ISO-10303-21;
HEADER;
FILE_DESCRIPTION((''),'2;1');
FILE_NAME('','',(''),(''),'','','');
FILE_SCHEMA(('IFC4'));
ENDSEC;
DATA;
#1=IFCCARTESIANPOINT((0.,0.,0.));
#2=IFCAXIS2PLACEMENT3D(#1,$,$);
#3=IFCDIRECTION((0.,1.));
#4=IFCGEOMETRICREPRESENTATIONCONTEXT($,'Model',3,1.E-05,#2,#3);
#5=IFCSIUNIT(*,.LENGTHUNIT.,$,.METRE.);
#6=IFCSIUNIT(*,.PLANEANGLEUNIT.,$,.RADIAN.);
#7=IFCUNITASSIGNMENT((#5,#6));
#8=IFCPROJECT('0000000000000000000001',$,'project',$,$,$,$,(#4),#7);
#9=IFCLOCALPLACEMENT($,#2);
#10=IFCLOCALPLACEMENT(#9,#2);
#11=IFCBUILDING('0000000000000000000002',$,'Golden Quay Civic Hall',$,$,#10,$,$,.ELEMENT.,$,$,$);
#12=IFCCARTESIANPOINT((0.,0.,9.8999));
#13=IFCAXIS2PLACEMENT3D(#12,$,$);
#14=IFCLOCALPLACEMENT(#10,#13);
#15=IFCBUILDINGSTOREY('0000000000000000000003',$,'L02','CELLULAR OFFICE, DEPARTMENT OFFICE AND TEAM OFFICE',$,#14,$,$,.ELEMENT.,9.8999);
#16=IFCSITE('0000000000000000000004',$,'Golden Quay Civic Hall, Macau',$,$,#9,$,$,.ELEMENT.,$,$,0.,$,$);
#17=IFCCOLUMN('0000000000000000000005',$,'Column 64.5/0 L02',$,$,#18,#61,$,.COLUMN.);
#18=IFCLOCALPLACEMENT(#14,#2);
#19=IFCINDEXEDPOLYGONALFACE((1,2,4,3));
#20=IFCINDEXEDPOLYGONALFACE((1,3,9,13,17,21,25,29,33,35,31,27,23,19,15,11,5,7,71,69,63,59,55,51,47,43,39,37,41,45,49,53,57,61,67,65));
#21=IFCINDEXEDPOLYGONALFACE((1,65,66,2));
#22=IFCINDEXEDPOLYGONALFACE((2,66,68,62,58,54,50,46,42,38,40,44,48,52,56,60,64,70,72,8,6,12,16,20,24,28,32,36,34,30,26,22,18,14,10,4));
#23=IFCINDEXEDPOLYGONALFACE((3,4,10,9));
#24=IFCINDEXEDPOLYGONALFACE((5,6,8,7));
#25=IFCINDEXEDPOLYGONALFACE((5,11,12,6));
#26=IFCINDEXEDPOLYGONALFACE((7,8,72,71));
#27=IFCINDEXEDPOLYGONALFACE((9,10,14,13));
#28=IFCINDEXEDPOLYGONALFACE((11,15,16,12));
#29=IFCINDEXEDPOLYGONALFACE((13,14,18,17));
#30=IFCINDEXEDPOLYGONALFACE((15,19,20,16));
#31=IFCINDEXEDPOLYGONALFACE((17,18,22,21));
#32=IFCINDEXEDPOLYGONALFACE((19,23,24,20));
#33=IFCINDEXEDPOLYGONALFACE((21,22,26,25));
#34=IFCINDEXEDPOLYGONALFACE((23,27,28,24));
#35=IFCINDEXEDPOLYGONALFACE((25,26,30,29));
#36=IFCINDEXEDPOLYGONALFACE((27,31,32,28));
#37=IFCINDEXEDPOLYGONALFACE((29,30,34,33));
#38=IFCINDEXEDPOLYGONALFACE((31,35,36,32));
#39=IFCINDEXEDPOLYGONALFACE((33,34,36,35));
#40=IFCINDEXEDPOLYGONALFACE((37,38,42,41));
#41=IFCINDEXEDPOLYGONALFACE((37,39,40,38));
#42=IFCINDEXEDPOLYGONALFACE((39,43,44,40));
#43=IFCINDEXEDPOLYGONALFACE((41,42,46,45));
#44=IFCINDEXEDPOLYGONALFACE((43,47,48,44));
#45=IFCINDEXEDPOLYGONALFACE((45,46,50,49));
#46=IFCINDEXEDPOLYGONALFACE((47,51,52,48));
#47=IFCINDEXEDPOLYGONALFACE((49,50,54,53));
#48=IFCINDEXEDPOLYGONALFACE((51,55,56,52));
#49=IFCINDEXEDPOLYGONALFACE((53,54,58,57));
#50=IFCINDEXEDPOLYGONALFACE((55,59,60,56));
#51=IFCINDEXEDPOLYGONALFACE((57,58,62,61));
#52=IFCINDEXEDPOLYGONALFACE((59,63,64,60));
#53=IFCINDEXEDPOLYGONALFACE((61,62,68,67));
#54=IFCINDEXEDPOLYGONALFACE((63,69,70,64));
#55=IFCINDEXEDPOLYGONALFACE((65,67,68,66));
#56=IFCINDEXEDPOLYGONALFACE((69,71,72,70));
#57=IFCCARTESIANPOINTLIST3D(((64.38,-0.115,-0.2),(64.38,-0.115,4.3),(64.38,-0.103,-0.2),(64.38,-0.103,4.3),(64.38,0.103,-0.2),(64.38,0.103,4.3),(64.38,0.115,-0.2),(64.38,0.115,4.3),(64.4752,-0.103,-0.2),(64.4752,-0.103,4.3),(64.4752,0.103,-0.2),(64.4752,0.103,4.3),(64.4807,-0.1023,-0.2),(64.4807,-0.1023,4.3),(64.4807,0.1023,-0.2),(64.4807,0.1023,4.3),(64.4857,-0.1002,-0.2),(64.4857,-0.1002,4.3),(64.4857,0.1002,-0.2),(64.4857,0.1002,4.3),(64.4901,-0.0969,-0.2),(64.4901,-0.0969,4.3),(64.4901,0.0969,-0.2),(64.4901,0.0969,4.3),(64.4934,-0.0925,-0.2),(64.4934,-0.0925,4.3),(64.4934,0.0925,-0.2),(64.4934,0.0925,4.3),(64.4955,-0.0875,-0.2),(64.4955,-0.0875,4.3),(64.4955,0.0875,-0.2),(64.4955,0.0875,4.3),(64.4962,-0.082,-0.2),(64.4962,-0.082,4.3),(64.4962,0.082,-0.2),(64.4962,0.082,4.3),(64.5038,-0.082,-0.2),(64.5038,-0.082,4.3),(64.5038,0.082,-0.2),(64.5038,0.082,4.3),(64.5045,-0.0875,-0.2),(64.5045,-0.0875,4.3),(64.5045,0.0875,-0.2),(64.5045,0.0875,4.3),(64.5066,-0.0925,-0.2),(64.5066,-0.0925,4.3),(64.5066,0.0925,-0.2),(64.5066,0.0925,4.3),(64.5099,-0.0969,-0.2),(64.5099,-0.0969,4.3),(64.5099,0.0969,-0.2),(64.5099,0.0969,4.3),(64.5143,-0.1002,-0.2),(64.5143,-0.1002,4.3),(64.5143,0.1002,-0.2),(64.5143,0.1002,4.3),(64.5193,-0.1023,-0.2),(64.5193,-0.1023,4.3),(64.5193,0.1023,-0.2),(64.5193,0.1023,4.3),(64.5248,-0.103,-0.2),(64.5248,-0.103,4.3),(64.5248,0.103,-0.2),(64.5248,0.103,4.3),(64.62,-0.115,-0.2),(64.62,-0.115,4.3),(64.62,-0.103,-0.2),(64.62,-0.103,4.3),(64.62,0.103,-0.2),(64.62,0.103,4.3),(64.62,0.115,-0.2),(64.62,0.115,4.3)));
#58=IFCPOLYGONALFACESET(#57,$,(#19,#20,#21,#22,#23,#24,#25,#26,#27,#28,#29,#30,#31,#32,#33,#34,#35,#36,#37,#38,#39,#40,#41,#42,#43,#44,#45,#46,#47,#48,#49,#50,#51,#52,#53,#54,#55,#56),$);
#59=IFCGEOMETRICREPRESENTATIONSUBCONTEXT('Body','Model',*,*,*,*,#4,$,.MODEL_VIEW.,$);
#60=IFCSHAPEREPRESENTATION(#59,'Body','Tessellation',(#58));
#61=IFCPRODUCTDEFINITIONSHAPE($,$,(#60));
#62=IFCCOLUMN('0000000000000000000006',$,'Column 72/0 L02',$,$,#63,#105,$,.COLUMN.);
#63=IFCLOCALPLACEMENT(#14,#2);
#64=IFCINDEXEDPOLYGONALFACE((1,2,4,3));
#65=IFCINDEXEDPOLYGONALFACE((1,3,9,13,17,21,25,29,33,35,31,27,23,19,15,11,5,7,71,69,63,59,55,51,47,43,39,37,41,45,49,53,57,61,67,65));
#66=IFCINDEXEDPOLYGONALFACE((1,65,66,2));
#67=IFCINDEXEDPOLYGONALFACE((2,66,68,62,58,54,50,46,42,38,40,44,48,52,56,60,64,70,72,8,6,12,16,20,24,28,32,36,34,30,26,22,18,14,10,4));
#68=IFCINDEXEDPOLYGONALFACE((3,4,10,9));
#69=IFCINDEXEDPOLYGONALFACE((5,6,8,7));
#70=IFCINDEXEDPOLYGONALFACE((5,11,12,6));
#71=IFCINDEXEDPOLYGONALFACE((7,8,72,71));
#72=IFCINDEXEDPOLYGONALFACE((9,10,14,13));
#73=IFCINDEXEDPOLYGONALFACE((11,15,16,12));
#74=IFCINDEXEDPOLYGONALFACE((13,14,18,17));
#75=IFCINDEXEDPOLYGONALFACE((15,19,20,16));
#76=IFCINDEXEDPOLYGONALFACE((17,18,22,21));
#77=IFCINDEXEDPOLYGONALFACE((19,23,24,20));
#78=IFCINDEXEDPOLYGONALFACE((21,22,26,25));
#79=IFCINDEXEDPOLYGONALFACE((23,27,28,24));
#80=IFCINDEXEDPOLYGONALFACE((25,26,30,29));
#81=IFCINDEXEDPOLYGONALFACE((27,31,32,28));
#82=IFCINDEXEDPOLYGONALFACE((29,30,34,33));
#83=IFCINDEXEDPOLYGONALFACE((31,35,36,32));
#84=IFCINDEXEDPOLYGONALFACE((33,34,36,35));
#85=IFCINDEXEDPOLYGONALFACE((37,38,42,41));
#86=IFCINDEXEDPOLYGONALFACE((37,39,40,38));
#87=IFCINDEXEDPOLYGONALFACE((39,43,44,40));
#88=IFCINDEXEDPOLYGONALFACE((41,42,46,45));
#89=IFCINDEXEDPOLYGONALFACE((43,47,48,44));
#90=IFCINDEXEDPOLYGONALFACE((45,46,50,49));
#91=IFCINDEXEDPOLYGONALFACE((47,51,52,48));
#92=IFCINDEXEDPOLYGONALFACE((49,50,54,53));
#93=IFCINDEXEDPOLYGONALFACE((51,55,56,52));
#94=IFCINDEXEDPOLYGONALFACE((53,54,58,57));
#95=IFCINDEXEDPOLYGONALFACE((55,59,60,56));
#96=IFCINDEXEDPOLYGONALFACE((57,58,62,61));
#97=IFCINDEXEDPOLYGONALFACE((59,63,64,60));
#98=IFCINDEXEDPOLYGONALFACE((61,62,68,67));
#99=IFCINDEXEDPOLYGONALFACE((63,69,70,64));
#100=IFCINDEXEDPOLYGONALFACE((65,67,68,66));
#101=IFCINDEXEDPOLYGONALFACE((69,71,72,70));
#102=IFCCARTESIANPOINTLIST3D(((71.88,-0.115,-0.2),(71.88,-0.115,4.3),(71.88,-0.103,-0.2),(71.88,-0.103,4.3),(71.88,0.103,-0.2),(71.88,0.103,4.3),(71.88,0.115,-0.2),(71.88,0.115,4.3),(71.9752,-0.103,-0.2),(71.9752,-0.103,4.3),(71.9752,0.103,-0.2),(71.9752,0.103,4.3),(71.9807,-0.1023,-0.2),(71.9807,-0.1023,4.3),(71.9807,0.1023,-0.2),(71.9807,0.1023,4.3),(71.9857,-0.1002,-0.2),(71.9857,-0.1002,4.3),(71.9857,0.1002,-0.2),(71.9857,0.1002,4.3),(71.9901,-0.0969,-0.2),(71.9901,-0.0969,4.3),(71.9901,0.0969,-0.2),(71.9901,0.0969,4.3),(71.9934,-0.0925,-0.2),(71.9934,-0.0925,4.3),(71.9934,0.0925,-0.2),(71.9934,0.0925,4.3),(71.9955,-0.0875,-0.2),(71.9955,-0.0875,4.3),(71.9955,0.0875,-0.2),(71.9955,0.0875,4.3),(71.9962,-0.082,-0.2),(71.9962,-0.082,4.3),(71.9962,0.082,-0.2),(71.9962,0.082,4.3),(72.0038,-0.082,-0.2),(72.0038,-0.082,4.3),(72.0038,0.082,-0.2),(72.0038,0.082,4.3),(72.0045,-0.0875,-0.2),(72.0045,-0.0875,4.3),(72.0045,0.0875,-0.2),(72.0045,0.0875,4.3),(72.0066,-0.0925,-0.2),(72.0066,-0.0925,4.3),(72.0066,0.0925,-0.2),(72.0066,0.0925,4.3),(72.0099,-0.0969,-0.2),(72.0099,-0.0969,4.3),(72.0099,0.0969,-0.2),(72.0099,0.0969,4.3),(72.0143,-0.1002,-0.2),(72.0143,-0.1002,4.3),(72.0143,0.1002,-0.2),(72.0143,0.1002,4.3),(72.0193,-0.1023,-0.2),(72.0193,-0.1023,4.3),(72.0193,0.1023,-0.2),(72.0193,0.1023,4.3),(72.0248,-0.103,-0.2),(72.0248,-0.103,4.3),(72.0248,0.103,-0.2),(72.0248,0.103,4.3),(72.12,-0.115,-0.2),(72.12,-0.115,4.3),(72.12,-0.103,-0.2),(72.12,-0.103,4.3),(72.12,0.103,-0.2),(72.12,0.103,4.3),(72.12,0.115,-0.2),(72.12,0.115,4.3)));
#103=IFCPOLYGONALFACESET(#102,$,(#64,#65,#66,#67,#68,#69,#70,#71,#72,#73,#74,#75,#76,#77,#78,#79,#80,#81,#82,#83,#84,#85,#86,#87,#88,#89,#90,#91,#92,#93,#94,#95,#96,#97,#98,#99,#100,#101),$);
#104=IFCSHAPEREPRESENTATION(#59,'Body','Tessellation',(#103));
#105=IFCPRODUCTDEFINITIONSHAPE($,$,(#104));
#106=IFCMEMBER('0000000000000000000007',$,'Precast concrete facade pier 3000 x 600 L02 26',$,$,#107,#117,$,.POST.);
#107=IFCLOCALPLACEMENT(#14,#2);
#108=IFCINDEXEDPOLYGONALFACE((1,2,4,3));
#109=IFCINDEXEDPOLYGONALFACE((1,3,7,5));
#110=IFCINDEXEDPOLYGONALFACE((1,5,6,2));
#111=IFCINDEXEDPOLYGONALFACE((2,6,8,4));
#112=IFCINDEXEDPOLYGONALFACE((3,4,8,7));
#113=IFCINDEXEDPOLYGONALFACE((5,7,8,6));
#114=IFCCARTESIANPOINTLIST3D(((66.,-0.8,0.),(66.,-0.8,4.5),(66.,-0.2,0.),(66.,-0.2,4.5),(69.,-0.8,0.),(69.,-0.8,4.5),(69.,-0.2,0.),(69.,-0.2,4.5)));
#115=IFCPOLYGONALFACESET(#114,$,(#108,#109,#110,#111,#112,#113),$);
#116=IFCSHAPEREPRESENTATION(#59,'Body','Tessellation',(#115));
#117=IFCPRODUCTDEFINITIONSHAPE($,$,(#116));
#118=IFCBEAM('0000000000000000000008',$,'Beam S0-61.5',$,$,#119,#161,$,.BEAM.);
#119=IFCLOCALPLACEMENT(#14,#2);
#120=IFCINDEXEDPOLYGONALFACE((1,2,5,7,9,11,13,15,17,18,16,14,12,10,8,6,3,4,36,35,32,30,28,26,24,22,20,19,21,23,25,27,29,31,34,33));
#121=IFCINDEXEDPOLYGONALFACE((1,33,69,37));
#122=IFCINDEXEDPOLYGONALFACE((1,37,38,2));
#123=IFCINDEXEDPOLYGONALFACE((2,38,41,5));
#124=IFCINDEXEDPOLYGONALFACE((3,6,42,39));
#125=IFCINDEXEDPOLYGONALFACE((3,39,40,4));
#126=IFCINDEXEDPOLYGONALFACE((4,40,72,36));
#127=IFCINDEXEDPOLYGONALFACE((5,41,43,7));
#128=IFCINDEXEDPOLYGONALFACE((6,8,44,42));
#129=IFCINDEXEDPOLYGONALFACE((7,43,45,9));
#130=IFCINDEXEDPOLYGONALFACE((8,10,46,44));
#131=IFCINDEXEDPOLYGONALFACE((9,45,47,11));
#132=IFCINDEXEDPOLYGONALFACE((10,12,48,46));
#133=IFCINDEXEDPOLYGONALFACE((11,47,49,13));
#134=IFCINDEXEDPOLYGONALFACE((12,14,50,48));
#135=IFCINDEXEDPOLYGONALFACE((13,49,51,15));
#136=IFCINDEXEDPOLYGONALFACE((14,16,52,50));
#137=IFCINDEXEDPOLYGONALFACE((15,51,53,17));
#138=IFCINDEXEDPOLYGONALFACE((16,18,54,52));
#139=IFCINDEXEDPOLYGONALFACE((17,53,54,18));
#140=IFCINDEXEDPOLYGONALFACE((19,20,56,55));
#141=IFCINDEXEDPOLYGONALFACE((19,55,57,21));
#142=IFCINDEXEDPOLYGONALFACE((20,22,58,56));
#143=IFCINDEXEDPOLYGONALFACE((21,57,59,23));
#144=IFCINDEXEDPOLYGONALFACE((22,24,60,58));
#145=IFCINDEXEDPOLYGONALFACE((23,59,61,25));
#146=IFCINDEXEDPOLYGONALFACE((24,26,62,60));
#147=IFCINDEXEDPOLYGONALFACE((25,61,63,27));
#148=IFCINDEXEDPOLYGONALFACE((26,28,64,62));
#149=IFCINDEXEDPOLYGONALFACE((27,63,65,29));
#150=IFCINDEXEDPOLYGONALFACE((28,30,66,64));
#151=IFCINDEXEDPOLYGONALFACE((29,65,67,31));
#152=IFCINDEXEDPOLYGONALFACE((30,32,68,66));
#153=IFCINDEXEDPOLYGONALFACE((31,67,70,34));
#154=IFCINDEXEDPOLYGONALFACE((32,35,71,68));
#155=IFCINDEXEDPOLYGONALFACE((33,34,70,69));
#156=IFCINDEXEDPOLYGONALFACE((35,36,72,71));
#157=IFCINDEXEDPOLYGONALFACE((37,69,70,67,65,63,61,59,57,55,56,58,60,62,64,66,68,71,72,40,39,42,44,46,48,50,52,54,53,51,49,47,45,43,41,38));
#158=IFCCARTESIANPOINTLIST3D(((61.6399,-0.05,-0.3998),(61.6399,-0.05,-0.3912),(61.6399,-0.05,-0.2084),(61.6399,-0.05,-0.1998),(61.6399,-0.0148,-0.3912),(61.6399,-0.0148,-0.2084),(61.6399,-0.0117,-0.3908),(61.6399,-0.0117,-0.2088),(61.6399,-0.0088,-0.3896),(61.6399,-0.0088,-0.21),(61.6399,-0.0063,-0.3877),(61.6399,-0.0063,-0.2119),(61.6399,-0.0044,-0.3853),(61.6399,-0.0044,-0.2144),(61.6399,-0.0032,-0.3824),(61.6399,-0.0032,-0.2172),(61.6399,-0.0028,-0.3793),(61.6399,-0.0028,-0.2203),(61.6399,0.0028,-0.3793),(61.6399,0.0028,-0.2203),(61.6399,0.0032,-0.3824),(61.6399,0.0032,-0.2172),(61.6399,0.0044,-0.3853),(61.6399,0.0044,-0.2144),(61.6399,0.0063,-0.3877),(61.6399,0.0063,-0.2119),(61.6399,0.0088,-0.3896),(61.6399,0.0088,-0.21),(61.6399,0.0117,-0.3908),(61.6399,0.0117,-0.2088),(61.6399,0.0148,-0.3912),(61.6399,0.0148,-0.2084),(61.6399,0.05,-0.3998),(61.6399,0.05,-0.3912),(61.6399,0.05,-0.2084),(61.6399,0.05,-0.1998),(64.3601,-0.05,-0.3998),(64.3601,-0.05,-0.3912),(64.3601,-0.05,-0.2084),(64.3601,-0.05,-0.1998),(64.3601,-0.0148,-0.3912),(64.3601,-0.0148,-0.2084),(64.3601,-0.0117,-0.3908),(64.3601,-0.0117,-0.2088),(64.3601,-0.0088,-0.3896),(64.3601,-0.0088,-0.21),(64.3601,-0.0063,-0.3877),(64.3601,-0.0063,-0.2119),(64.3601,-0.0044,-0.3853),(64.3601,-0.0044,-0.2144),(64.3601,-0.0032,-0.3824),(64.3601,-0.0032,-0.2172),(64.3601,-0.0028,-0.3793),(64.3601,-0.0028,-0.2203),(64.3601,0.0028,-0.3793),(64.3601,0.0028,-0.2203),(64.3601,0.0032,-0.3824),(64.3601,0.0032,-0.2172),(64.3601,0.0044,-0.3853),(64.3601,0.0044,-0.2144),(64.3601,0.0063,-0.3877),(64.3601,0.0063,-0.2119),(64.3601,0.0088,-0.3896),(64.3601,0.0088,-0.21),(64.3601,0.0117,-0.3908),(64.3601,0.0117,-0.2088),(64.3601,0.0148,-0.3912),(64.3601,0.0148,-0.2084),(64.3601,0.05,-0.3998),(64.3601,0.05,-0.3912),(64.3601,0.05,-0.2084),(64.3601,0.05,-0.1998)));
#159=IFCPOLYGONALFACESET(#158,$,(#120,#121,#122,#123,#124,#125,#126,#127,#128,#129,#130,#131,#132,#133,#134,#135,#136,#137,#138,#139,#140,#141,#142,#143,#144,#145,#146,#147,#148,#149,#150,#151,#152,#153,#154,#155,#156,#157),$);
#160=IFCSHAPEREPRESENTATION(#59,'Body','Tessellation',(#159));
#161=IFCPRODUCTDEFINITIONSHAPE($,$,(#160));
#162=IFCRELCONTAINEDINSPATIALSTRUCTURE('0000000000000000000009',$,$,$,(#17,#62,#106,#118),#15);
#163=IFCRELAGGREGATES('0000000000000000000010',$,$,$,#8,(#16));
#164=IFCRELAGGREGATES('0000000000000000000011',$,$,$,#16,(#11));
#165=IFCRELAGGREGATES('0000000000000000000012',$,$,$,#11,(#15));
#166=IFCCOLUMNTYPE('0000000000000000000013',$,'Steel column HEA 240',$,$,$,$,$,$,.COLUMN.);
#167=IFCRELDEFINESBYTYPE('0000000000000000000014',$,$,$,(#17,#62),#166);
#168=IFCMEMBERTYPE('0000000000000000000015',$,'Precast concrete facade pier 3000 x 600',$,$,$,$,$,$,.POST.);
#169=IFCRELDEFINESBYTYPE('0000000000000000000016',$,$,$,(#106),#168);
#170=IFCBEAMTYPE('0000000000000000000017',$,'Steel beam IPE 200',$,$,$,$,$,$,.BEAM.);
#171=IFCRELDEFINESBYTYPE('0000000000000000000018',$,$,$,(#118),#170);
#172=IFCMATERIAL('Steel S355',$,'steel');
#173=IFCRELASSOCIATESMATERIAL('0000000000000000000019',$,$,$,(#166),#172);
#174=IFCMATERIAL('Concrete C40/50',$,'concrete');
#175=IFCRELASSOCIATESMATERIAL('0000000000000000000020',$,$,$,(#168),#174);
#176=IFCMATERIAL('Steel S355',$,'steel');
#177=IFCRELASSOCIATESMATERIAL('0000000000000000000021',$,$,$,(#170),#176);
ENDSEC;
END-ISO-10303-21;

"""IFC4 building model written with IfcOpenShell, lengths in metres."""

from ifc_helpers import new_model, si_unit, direction, frame, origin, origin_2d, place, context, subcontext, project, spatial, rectangle, i_section, extrude, material, material_profile, profile_set, type_object, element, save


model = new_model("IFC4")

# Units and contexts
model_context = context("Model", 3, precision=1e-05, world=origin(), true_north=direction((0.0, 1.0)))
body_context = subcontext(model_context, "Body", "Model", "MODEL_VIEW")
ifc_project = project(units=[si_unit("LENGTHUNIT", "METRE"), si_unit("PLANEANGLEUNIT", "RADIAN")], contexts=[model_context])

# Site, building, storey
site_placement = place(None, origin())
site = spatial("IfcSite", under=ifc_project, at=site_placement, Name="Golden Quay Civic Hall, Macau", CompositionType="ELEMENT", RefElevation=0.0)
building_placement = place(site_placement, origin())
building = spatial("IfcBuilding", under=site, at=building_placement, Name="Golden Quay Civic Hall", CompositionType="ELEMENT")
storey_placement = place(building_placement, frame((0.0, 0.0, 9.8999)))
storey = spatial("IfcBuildingStorey", under=building, at=storey_placement, Name="L02", Description="CELLULAR OFFICE, DEPARTMENT OFFICE AND TEAM OFFICE", CompositionType="ELEMENT", Elevation=9.8999)

# Columns
ifc_material_1 = material(Name="Steel S355", Category="steel")
ifc_material_profile_1 = material_profile(ifc_material_1, i_section(OverallWidth=0.24, OverallDepth=0.23, WebThickness=0.0076, FlangeThickness=0.012, FilletRadius=0.021, at=origin_2d()), Name="HEA 240")
ifc_profile_set_1 = profile_set([ifc_material_profile_1], Name="Steel S355")
column_type = type_object("IfcColumnType", Name="Steel column HEA 240", PredefinedType="COLUMN", material=ifc_profile_set_1)
for number, where, z_axis, x_axis, name in (
    (1, (64.5, 0.0, -0.2), (0.0, 0.0, 1.0), (1.0, 0.0, 0.0), "Column 64.5/0 L02"),
    (2, (72.0, 0.0, -0.2), (0.0, 0.0, 1.0), (1.0, 0.0, 0.0), "Column 72/0 L02"),
):
    element("IfcColumn", number, at=place(storey_placement, frame(where, z_axis=z_axis, x_axis=x_axis)), inside=storey, type_object=column_type, Name=name, PredefinedType="COLUMN", context=body_context, shape_type="SweptSolid", body=[
        extrude(i_section(OverallWidth=0.24, OverallDepth=0.23, WebThickness=0.0076, FlangeThickness=0.012, FilletRadius=0.021, at=origin_2d()), origin(), (0.0, 0.0, 1.0), 4.5),
    ])

# Member
ifc_material_2 = material(Name="Concrete C40/50", Category="concrete")
ifc_material_profile_2 = material_profile(ifc_material_2, rectangle(XDim=3.0, YDim=0.6001, at=origin_2d()), Name="RC 3000x600")
ifc_profile_set_2 = profile_set([ifc_material_profile_2], Name="Concrete C40/50")
member_type = type_object("IfcMemberType", Name="Precast concrete facade pier 3000 x 600", PredefinedType="POST", material=ifc_profile_set_2)
member_placement = place(storey_placement, frame((67.5, -0.5, 0.0), z_axis=(0.0, 0.0, 1.0), x_axis=(1.0, 0.0, 0.0)))
element("IfcMember", 3, at=member_placement, inside=storey, type_object=member_type, Name="Precast concrete facade pier 3000 x 600 L02 26", PredefinedType="POST", context=body_context, shape_type="SweptSolid", body=[
    extrude(rectangle(XDim=3.0, YDim=0.6001, at=origin_2d()), origin(), (0.0, 0.0, 1.0), 4.5),
])

# Beam
ifc_material_3 = material(Name="Steel S355", Category="steel")
ifc_material_profile_3 = material_profile(ifc_material_3, i_section(OverallWidth=0.1001, OverallDepth=0.2, WebThickness=0.0056, FlangeThickness=0.0085, FilletRadius=0.012, at=origin_2d()), Name="IPE 200")
ifc_profile_set_3 = profile_set([ifc_material_profile_3], Name="Steel S355")
beam_type_1 = type_object("IfcBeamType", Name="Steel beam IPE 200", PredefinedType="BEAM", material=ifc_profile_set_3)
beam_1_placement = place(storey_placement, frame((61.6399, 0.0, -0.2998), z_axis=(1.0, 0.0, 0.0), x_axis=(0.0, 1.0, 0.0)))
element("IfcBeam", 4, at=beam_1_placement, inside=storey, type_object=beam_type_1, Name="Beam S0-61.5", PredefinedType="BEAM", context=body_context, shape_type="SweptSolid", body=[
    extrude(i_section(OverallWidth=0.1001, OverallDepth=0.2, WebThickness=0.0056, FlangeThickness=0.0085, FilletRadius=0.012, at=origin_2d()), origin(), (0.0, 0.0, 1.0), 2.7202),
])

save(model, "model.ifc")
